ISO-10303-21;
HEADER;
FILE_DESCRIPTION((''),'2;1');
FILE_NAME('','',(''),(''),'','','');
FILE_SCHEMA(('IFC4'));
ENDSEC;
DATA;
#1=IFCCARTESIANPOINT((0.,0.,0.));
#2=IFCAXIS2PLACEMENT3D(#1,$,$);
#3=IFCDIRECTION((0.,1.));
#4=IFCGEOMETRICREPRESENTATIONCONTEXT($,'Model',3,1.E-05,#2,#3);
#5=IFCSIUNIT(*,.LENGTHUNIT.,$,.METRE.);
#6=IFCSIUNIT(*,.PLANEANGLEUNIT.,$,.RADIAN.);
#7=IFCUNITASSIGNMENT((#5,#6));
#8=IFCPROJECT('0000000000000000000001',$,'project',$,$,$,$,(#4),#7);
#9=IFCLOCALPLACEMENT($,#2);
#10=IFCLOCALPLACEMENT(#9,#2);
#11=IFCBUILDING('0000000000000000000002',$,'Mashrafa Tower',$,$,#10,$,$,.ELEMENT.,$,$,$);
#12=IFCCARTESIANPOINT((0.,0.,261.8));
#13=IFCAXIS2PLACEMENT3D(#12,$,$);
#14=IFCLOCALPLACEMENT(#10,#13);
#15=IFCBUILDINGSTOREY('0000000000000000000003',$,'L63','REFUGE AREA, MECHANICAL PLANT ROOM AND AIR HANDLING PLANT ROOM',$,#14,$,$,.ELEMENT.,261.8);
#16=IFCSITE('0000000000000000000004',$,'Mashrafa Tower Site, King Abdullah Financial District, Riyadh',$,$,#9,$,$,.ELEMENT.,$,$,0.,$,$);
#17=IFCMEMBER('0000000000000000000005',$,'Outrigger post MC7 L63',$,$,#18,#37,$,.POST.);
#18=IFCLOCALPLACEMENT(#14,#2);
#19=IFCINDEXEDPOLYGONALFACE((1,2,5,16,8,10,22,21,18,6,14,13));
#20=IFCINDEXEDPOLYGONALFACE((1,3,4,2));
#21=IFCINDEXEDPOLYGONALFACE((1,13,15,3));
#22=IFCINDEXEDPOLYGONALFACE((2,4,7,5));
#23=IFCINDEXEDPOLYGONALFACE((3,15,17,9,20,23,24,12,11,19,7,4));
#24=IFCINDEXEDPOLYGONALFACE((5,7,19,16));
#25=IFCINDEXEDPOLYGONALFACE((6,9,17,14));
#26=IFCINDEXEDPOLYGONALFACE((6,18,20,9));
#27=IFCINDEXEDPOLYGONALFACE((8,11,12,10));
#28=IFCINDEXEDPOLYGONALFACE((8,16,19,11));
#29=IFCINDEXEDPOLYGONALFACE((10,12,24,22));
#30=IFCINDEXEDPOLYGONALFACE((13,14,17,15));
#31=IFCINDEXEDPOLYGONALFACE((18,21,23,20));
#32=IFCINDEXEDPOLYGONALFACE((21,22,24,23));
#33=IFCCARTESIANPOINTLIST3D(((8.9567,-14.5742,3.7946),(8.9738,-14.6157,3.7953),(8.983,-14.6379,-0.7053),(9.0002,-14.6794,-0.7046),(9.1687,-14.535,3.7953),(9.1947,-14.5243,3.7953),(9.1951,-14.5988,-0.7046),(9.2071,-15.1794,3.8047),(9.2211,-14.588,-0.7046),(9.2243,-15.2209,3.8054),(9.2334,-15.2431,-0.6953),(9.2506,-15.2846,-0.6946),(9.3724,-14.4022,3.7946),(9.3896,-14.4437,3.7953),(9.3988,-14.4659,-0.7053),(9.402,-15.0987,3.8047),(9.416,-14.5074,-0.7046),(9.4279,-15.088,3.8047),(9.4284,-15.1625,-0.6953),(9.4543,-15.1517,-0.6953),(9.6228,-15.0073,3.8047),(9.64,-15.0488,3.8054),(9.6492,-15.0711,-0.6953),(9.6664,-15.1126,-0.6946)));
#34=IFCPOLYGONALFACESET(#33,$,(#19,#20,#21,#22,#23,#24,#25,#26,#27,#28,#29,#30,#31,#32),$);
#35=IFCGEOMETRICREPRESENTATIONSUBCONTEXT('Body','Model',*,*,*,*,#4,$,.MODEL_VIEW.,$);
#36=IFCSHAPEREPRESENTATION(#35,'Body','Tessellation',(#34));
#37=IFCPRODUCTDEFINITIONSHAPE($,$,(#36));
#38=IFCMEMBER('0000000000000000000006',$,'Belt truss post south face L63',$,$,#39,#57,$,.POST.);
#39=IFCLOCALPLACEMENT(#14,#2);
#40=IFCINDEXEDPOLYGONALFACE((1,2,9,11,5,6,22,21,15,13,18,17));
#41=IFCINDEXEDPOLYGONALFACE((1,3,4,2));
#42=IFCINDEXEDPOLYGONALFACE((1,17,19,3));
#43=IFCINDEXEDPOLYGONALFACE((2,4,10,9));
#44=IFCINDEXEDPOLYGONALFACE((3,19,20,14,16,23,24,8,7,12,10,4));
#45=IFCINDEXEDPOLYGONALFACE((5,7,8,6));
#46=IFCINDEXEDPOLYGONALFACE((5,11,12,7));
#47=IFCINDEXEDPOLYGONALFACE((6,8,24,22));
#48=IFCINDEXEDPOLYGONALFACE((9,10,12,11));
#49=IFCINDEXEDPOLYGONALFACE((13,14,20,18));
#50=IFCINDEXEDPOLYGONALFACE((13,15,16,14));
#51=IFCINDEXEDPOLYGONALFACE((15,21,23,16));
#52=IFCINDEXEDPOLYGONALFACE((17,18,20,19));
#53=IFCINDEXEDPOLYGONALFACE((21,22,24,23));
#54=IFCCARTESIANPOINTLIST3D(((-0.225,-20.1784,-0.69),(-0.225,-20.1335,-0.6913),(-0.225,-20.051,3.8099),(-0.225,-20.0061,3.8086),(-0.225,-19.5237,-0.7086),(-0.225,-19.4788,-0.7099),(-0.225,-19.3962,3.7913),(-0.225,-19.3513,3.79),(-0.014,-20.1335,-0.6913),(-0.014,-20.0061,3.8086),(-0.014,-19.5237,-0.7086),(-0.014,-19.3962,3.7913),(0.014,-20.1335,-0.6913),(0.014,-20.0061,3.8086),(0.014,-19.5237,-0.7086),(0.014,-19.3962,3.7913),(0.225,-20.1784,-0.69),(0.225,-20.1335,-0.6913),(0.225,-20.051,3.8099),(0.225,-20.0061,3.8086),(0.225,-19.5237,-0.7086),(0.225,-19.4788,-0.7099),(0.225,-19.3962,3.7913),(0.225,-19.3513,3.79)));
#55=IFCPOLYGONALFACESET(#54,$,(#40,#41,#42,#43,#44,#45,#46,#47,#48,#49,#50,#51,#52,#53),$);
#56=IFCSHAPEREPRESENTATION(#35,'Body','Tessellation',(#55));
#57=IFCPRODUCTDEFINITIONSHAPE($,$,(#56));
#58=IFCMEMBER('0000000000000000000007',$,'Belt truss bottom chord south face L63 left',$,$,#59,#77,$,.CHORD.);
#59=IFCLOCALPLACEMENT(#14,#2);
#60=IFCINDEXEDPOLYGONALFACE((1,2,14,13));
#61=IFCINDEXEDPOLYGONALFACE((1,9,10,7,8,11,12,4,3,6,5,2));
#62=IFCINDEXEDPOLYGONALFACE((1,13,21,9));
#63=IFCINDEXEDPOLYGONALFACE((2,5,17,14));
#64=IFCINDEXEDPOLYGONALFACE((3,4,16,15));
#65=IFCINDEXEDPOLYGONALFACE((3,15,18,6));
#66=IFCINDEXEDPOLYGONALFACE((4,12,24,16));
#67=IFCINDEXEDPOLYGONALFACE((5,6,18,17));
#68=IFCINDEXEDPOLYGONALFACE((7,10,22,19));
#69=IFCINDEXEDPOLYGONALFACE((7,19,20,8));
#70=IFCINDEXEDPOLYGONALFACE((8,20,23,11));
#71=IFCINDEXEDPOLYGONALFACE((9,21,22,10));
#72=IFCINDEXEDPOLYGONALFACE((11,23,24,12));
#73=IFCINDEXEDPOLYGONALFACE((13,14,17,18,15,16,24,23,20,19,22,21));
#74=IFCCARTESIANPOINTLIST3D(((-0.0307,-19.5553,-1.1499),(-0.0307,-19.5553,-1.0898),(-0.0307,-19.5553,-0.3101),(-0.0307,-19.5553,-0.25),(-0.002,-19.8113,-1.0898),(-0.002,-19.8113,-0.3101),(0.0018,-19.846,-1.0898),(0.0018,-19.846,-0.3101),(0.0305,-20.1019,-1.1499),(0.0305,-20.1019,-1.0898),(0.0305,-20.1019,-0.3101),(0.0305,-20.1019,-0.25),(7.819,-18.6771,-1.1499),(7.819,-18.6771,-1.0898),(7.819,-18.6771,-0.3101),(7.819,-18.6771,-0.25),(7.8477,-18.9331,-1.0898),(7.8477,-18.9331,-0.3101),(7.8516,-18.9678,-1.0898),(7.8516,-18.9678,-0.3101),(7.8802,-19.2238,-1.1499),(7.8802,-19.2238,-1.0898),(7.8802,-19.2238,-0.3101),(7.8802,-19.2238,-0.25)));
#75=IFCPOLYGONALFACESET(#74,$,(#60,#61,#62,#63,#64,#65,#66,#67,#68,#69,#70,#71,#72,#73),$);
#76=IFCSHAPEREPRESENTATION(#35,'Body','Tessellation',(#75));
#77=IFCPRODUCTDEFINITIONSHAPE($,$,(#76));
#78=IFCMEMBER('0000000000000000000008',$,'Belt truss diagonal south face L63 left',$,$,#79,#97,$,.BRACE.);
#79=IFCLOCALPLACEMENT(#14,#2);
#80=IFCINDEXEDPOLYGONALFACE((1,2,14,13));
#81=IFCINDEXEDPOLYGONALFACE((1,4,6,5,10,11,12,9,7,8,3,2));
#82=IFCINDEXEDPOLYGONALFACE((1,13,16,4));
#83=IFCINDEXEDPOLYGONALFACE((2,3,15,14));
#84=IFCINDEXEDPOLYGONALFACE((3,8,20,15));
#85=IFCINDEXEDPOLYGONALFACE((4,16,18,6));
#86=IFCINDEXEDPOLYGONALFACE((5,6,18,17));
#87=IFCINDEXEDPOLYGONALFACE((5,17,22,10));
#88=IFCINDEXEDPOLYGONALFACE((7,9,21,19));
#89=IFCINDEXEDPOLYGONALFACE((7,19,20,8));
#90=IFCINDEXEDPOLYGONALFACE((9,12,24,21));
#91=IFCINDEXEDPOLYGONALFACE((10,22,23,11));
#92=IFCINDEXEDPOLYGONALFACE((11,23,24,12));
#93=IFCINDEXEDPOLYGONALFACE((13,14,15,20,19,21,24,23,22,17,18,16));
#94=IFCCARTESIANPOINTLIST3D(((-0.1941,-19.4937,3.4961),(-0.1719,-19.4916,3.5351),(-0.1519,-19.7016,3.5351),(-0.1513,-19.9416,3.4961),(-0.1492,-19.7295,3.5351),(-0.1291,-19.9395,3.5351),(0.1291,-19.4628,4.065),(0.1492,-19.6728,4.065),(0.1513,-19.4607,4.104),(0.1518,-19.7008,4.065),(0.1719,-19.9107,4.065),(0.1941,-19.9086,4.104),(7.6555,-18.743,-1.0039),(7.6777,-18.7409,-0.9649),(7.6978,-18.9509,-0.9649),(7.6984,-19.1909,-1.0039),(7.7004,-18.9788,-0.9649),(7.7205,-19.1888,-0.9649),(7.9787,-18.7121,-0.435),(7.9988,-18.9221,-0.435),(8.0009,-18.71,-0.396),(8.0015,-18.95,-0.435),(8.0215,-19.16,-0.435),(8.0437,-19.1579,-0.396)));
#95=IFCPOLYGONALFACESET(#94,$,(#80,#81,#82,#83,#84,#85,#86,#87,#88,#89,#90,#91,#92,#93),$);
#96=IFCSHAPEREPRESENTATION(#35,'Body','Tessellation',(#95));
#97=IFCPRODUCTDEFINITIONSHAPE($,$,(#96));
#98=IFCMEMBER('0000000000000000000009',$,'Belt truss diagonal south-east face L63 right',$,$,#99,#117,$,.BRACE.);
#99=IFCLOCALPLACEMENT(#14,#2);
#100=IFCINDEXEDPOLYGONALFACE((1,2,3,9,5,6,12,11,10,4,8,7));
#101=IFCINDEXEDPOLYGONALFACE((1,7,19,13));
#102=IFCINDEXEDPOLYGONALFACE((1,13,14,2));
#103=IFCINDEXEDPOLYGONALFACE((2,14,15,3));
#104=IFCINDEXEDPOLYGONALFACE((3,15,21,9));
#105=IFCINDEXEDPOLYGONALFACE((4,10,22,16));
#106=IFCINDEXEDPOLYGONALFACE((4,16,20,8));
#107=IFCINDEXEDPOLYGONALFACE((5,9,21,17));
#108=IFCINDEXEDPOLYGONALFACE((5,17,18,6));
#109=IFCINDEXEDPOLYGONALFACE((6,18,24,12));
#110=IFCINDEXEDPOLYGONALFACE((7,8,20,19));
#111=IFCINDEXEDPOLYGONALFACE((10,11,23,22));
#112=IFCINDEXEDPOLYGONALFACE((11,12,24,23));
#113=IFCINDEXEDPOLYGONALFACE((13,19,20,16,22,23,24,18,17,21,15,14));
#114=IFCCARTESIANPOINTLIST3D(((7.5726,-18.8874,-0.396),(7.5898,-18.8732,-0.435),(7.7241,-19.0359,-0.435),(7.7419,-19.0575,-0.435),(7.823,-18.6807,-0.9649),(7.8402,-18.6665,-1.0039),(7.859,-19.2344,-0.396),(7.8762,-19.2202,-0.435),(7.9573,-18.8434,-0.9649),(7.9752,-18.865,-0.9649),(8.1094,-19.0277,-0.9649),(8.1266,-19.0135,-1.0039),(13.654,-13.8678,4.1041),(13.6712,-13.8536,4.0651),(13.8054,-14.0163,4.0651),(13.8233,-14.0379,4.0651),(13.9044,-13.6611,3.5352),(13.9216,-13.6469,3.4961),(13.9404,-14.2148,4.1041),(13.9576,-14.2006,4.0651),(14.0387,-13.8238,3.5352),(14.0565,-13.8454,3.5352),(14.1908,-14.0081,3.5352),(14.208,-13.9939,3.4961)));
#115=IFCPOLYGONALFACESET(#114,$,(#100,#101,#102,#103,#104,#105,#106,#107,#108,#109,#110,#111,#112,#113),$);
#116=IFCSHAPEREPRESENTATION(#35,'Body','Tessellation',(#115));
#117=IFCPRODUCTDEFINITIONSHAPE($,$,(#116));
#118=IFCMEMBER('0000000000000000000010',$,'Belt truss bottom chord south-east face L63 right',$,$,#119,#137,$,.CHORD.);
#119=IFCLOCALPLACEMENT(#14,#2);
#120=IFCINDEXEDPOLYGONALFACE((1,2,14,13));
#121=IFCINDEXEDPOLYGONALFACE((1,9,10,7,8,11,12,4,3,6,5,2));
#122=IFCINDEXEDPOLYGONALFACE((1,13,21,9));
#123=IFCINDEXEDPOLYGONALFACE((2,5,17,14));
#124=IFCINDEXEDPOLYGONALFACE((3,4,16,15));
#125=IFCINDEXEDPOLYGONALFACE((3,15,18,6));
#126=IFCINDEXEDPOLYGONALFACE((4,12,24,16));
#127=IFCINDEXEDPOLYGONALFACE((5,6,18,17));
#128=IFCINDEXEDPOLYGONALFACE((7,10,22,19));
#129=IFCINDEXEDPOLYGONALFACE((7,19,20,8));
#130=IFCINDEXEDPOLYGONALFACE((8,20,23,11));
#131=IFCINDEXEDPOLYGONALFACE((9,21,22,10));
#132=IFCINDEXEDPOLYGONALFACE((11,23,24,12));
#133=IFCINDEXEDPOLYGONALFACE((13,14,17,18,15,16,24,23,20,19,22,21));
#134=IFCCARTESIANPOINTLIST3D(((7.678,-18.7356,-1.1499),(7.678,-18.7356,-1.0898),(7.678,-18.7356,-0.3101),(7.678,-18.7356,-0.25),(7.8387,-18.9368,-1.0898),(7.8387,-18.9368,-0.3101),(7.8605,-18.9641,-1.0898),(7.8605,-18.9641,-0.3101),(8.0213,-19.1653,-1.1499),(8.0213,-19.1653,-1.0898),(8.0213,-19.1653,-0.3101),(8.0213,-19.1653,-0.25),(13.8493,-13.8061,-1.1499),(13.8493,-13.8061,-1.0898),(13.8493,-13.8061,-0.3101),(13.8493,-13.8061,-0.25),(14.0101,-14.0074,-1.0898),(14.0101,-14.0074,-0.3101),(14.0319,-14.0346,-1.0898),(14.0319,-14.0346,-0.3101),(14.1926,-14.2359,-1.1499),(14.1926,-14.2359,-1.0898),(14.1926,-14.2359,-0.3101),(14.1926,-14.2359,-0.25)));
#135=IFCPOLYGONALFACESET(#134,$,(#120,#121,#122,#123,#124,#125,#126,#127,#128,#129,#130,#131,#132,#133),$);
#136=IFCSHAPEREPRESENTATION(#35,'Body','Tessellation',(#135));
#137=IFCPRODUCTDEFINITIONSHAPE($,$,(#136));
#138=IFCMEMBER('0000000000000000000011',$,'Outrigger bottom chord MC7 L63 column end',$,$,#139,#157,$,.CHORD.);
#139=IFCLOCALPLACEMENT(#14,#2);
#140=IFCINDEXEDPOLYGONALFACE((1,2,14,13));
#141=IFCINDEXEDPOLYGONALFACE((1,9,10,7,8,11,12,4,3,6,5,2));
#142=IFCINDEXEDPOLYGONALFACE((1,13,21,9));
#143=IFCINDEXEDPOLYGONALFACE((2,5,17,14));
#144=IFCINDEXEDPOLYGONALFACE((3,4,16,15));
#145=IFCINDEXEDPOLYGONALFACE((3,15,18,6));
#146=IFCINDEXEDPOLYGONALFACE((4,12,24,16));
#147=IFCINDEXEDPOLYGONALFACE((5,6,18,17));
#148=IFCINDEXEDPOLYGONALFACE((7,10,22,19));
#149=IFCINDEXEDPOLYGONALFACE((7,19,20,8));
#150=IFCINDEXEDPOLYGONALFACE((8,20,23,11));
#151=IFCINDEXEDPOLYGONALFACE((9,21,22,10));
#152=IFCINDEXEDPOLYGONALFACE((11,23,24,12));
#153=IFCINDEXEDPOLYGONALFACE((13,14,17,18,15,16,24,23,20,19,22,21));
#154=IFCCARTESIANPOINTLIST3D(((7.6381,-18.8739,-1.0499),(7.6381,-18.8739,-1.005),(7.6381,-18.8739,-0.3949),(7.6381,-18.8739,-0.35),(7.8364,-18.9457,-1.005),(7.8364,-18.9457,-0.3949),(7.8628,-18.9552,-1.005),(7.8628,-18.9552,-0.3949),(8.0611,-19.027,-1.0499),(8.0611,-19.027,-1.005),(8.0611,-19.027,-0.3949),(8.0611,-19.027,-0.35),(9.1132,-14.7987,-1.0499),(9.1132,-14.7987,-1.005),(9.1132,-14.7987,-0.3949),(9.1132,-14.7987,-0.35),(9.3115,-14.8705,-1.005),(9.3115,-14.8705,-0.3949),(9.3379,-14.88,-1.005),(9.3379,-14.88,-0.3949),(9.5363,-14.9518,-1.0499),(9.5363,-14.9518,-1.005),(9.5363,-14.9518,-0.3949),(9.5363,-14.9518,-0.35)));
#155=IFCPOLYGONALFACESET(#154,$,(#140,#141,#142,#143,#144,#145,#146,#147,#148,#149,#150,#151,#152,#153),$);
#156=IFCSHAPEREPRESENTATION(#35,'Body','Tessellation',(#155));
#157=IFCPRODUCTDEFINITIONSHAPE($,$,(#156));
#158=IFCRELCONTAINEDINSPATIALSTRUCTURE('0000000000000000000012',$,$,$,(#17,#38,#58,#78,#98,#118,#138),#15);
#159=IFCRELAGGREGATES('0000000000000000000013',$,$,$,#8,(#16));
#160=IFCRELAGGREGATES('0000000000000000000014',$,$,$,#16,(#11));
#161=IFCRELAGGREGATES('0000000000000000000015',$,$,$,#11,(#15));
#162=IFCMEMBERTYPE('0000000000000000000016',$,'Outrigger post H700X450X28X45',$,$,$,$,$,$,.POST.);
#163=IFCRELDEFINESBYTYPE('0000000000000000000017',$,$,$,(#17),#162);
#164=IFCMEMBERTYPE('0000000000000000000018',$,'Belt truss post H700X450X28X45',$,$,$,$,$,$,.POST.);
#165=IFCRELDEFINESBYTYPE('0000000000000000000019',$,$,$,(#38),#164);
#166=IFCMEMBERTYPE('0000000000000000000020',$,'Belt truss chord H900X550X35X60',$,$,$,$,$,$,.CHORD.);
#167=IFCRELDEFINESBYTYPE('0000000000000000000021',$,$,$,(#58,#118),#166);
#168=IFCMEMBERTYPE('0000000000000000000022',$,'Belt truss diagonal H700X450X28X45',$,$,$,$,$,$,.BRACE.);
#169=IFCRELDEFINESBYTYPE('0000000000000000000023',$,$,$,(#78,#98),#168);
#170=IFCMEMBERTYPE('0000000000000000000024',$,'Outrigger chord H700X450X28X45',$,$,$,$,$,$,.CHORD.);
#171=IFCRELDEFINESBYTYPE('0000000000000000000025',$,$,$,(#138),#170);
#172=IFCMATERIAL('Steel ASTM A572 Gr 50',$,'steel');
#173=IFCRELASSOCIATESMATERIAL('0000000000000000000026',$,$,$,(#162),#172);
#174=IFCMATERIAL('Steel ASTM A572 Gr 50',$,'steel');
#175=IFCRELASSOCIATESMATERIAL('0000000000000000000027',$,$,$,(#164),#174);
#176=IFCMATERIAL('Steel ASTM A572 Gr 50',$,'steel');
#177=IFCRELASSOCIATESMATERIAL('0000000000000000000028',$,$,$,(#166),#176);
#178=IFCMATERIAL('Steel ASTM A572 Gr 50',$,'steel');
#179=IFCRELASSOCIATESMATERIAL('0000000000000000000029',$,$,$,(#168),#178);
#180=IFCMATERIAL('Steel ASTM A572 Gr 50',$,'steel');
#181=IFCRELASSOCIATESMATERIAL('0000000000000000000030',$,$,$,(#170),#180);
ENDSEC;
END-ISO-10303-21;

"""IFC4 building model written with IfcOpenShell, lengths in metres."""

from ifc_helpers import new_model, si_unit, direction, frame, origin, origin_2d, place, context, subcontext, project, spatial, i_section, extrude, source, transform, mapped, material, material_profile, profile_set, type_object, type_shapes, element, save


model = new_model("IFC4")

# Units and contexts
model_context = context("Model", 3, precision=1e-05, world=origin(), true_north=direction((0.0, 1.0)))
body_context = subcontext(model_context, "Body", "Model", "MODEL_VIEW")
ifc_project = project(units=[si_unit("LENGTHUNIT", "METRE"), si_unit("PLANEANGLEUNIT", "RADIAN")], contexts=[model_context])

# Site, building, storey
site_placement = place(None, origin())
site = spatial("IfcSite", under=ifc_project, at=site_placement, Name="Mashrafa Tower Site, King Abdullah Financial District, Riyadh", CompositionType="ELEMENT", RefElevation=0.0)
building_placement = place(site_placement, origin())
building = spatial("IfcBuilding", under=site, at=building_placement, Name="Mashrafa Tower", CompositionType="ELEMENT")
storey_placement = place(building_placement, frame((0.0, 0.0, 261.8)))
storey = spatial("IfcBuildingStorey", under=building, at=storey_placement, Name="L63", Description="REFUGE AREA, MECHANICAL PLANT ROOM AND AIR HANDLING PLANT ROOM", CompositionType="ELEMENT", Elevation=261.8)

# Members
ifc_material_1 = material(Name="Steel ASTM A572 Gr 50", Category="steel")
ifc_material_profile_1 = material_profile(ifc_material_1, i_section(OverallWidth=0.45, OverallDepth=0.7, WebThickness=0.0281, FlangeThickness=0.0449, at=origin_2d()), Name="H700X450X28X45")
ifc_profile_set_1 = profile_set([ifc_material_profile_1], Name="Steel ASTM A572 Gr 50")
member_type_1 = type_object("IfcMemberType", Name="Outrigger post H700X450X28X45", PredefinedType="POST", material=ifc_profile_set_1)
shared_shape_1 = source(origin(), body_context, "Body", "SweptSolid", [
    extrude(i_section(OverallWidth=0.45, OverallDepth=0.7, WebThickness=0.0281, FlangeThickness=0.0449, at=origin_2d()), origin(), (0.0, 0.0, 1.0), 4.5005),
])
type_shapes(member_type_1, [shared_shape_1])
member_1_placement = place(storey_placement, frame((9.3247, -14.8752, -0.7), z_axis=(-0.005859, 0.014158, 0.999883), x_axis=(-0.924017, -0.382352, 0.0)))
element("IfcMember", 1, at=member_1_placement, inside=storey, type_object=member_type_1, Name="Outrigger post MC7 L63", PredefinedType="POST", context=body_context, shape_type="MappedRepresentation", body=[
    mapped(shared_shape_1, transform((0.0, 0.0, 0.0))),
])
ifc_material_2 = material(Name="Steel ASTM A572 Gr 50", Category="steel")
ifc_material_profile_2 = material_profile(ifc_material_2, i_section(OverallWidth=0.45, OverallDepth=0.7, WebThickness=0.0281, FlangeThickness=0.0449, at=origin_2d()), Name="H700X450X28X45")
ifc_profile_set_2 = profile_set([ifc_material_profile_2], Name="Steel ASTM A572 Gr 50")
member_type_2 = type_object("IfcMemberType", Name="Belt truss post H700X450X28X45", PredefinedType="POST", material=ifc_profile_set_2)
shared_shape_2 = source(origin(), body_context, "Body", "SweptSolid", [
    extrude(i_section(OverallWidth=0.45, OverallDepth=0.7, WebThickness=0.0281, FlangeThickness=0.0449, at=origin_2d()), origin(), (0.0, 0.0, 1.0), 4.5017),
])
type_shapes(member_type_2, [shared_shape_2])
member_2_placement = place(storey_placement, frame((0.0, -19.8286, -0.7), z_axis=(0.0, 0.028309, 0.999599), x_axis=(-1.0, 0.0, 0.0)))
element("IfcMember", 2, at=member_2_placement, inside=storey, type_object=member_type_2, Name="Belt truss post south face L63", PredefinedType="POST", context=body_context, shape_type="MappedRepresentation", body=[
    mapped(shared_shape_2, transform((0.0, 0.0, 0.0))),
])
ifc_material_3 = material(Name="Steel ASTM A572 Gr 50", Category="steel")
ifc_material_profile_3 = material_profile(ifc_material_3, i_section(OverallWidth=0.55, OverallDepth=0.8999, WebThickness=0.0349, FlangeThickness=0.0601, at=origin_2d()), Name="H900X550X35X60")
ifc_profile_set_3 = profile_set([ifc_material_profile_3], Name="Steel ASTM A572 Gr 50")
member_type_3 = type_object("IfcMemberType", Name="Belt truss chord H900X550X35X60", PredefinedType="CHORD", material=ifc_profile_set_3)
shared_shape_3 = source(origin(), body_context, "Body", "SweptSolid", [
    extrude(i_section(OverallWidth=0.55, OverallDepth=0.8999, WebThickness=0.0349, FlangeThickness=0.0601, at=origin_2d()), origin(), (0.0, 0.0, 1.0), 7.8987),
])
member_3_placement = place(storey_placement, frame((7.8496, -18.9504, -0.7), z_axis=(-0.9938, -0.111181, 0.0), x_axis=(0.111181, -0.9938, 0.0)))
element("IfcMember", 3, at=member_3_placement, inside=storey, type_object=member_type_3, Name="Belt truss bottom chord south face L63 left", PredefinedType="CHORD", context=body_context, shape_type="MappedRepresentation", body=[
    mapped(shared_shape_3, transform((0.0, 0.0, 0.0))),
])
ifc_material_4 = material(Name="Steel ASTM A572 Gr 50", Category="steel")
ifc_material_profile_4 = material_profile(ifc_material_4, i_section(OverallWidth=0.45, OverallDepth=0.7, WebThickness=0.0281, FlangeThickness=0.0449, at=origin_2d()), Name="H700X450X28X45")
ifc_profile_set_4 = profile_set([ifc_material_profile_4], Name="Steel ASTM A572 Gr 50")
member_type_4 = type_object("IfcMemberType", Name="Belt truss diagonal H700X450X28X45", PredefinedType="BRACE", material=ifc_profile_set_4)
shared_shape_4 = source(origin(), body_context, "Body", "SweptSolid", [
    extrude(i_section(OverallWidth=0.45, OverallDepth=0.7, WebThickness=0.0281, FlangeThickness=0.0449, at=origin_2d()), origin(), (0.0, 0.0, 1.0), 9.0791),
])
type_shapes(member_type_4, [shared_shape_4])
for number, where, z_axis, x_axis, name in (
    (4, (7.8496, -18.9504, -0.7), (-0.864581, -0.082688, 0.495644), (0.095205, -0.995458, 0.0), "Belt truss diagonal south face L63 left"),
    (5, (7.8496, -18.9504, -0.7), (0.669822, 0.552874, 0.49565), (-0.636569, 0.77122, 0.0), "Belt truss diagonal south-east face L63 right"),
):
    element("IfcMember", number, at=place(storey_placement, frame(where, z_axis=z_axis, x_axis=x_axis)), inside=storey, type_object=member_type_4, Name=name, PredefinedType="BRACE", context=body_context, shape_type="MappedRepresentation", body=[
        mapped(shared_shape_4, transform((0.0, 0.0, 0.0))),
    ])
shared_shape_5 = source(origin(), body_context, "Body", "SweptSolid", [
    extrude(i_section(OverallWidth=0.55, OverallDepth=0.8999, WebThickness=0.0349, FlangeThickness=0.0601, at=origin_2d()), origin(), (0.0, 0.0, 1.0), 7.8984),
])
type_shapes(member_type_3, [shared_shape_3, shared_shape_5])
member_4_placement = place(storey_placement, frame((7.8496, -18.9504, -0.7), z_axis=(0.781342, 0.624103, 0.0), x_axis=(-0.624103, 0.781342, 0.0)))
element("IfcMember", 6, at=member_4_placement, inside=storey, type_object=member_type_3, Name="Belt truss bottom chord south-east face L63 right", PredefinedType="CHORD", context=body_context, shape_type="MappedRepresentation", body=[
    mapped(shared_shape_5, transform((0.0, 0.0, 0.0))),
])
ifc_material_5 = material(Name="Steel ASTM A572 Gr 50", Category="steel")
ifc_material_profile_5 = material_profile(ifc_material_5, i_section(OverallWidth=0.45, OverallDepth=0.7, WebThickness=0.0281, FlangeThickness=0.0449, at=origin_2d()), Name="H700X450X28X45")
ifc_profile_set_5 = profile_set([ifc_material_profile_5], Name="Steel ASTM A572 Gr 50")
member_type_5 = type_object("IfcMemberType", Name="Outrigger chord H700X450X28X45", PredefinedType="CHORD", material=ifc_profile_set_5)
shared_shape_6 = source(origin(), body_context, "Body", "SweptSolid", [
    extrude(i_section(OverallWidth=0.45, OverallDepth=0.7, WebThickness=0.0281, FlangeThickness=0.0449, at=origin_2d()), origin(), (0.0, 0.0, 1.0), 4.334),
])
type_shapes(member_type_5, [shared_shape_6])
member_5_placement = place(storey_placement, frame((9.3247, -14.8752, -0.7), z_axis=(-0.340359, -0.940296, 0.0), x_axis=(0.940296, -0.340359, 0.0)))
element("IfcMember", 7, at=member_5_placement, inside=storey, type_object=member_type_5, Name="Outrigger bottom chord MC7 L63 column end", PredefinedType="CHORD", context=body_context, shape_type="MappedRepresentation", body=[
    mapped(shared_shape_6, transform((0.0, 0.0, 0.0))),
])

save(model, "model.ifc")
